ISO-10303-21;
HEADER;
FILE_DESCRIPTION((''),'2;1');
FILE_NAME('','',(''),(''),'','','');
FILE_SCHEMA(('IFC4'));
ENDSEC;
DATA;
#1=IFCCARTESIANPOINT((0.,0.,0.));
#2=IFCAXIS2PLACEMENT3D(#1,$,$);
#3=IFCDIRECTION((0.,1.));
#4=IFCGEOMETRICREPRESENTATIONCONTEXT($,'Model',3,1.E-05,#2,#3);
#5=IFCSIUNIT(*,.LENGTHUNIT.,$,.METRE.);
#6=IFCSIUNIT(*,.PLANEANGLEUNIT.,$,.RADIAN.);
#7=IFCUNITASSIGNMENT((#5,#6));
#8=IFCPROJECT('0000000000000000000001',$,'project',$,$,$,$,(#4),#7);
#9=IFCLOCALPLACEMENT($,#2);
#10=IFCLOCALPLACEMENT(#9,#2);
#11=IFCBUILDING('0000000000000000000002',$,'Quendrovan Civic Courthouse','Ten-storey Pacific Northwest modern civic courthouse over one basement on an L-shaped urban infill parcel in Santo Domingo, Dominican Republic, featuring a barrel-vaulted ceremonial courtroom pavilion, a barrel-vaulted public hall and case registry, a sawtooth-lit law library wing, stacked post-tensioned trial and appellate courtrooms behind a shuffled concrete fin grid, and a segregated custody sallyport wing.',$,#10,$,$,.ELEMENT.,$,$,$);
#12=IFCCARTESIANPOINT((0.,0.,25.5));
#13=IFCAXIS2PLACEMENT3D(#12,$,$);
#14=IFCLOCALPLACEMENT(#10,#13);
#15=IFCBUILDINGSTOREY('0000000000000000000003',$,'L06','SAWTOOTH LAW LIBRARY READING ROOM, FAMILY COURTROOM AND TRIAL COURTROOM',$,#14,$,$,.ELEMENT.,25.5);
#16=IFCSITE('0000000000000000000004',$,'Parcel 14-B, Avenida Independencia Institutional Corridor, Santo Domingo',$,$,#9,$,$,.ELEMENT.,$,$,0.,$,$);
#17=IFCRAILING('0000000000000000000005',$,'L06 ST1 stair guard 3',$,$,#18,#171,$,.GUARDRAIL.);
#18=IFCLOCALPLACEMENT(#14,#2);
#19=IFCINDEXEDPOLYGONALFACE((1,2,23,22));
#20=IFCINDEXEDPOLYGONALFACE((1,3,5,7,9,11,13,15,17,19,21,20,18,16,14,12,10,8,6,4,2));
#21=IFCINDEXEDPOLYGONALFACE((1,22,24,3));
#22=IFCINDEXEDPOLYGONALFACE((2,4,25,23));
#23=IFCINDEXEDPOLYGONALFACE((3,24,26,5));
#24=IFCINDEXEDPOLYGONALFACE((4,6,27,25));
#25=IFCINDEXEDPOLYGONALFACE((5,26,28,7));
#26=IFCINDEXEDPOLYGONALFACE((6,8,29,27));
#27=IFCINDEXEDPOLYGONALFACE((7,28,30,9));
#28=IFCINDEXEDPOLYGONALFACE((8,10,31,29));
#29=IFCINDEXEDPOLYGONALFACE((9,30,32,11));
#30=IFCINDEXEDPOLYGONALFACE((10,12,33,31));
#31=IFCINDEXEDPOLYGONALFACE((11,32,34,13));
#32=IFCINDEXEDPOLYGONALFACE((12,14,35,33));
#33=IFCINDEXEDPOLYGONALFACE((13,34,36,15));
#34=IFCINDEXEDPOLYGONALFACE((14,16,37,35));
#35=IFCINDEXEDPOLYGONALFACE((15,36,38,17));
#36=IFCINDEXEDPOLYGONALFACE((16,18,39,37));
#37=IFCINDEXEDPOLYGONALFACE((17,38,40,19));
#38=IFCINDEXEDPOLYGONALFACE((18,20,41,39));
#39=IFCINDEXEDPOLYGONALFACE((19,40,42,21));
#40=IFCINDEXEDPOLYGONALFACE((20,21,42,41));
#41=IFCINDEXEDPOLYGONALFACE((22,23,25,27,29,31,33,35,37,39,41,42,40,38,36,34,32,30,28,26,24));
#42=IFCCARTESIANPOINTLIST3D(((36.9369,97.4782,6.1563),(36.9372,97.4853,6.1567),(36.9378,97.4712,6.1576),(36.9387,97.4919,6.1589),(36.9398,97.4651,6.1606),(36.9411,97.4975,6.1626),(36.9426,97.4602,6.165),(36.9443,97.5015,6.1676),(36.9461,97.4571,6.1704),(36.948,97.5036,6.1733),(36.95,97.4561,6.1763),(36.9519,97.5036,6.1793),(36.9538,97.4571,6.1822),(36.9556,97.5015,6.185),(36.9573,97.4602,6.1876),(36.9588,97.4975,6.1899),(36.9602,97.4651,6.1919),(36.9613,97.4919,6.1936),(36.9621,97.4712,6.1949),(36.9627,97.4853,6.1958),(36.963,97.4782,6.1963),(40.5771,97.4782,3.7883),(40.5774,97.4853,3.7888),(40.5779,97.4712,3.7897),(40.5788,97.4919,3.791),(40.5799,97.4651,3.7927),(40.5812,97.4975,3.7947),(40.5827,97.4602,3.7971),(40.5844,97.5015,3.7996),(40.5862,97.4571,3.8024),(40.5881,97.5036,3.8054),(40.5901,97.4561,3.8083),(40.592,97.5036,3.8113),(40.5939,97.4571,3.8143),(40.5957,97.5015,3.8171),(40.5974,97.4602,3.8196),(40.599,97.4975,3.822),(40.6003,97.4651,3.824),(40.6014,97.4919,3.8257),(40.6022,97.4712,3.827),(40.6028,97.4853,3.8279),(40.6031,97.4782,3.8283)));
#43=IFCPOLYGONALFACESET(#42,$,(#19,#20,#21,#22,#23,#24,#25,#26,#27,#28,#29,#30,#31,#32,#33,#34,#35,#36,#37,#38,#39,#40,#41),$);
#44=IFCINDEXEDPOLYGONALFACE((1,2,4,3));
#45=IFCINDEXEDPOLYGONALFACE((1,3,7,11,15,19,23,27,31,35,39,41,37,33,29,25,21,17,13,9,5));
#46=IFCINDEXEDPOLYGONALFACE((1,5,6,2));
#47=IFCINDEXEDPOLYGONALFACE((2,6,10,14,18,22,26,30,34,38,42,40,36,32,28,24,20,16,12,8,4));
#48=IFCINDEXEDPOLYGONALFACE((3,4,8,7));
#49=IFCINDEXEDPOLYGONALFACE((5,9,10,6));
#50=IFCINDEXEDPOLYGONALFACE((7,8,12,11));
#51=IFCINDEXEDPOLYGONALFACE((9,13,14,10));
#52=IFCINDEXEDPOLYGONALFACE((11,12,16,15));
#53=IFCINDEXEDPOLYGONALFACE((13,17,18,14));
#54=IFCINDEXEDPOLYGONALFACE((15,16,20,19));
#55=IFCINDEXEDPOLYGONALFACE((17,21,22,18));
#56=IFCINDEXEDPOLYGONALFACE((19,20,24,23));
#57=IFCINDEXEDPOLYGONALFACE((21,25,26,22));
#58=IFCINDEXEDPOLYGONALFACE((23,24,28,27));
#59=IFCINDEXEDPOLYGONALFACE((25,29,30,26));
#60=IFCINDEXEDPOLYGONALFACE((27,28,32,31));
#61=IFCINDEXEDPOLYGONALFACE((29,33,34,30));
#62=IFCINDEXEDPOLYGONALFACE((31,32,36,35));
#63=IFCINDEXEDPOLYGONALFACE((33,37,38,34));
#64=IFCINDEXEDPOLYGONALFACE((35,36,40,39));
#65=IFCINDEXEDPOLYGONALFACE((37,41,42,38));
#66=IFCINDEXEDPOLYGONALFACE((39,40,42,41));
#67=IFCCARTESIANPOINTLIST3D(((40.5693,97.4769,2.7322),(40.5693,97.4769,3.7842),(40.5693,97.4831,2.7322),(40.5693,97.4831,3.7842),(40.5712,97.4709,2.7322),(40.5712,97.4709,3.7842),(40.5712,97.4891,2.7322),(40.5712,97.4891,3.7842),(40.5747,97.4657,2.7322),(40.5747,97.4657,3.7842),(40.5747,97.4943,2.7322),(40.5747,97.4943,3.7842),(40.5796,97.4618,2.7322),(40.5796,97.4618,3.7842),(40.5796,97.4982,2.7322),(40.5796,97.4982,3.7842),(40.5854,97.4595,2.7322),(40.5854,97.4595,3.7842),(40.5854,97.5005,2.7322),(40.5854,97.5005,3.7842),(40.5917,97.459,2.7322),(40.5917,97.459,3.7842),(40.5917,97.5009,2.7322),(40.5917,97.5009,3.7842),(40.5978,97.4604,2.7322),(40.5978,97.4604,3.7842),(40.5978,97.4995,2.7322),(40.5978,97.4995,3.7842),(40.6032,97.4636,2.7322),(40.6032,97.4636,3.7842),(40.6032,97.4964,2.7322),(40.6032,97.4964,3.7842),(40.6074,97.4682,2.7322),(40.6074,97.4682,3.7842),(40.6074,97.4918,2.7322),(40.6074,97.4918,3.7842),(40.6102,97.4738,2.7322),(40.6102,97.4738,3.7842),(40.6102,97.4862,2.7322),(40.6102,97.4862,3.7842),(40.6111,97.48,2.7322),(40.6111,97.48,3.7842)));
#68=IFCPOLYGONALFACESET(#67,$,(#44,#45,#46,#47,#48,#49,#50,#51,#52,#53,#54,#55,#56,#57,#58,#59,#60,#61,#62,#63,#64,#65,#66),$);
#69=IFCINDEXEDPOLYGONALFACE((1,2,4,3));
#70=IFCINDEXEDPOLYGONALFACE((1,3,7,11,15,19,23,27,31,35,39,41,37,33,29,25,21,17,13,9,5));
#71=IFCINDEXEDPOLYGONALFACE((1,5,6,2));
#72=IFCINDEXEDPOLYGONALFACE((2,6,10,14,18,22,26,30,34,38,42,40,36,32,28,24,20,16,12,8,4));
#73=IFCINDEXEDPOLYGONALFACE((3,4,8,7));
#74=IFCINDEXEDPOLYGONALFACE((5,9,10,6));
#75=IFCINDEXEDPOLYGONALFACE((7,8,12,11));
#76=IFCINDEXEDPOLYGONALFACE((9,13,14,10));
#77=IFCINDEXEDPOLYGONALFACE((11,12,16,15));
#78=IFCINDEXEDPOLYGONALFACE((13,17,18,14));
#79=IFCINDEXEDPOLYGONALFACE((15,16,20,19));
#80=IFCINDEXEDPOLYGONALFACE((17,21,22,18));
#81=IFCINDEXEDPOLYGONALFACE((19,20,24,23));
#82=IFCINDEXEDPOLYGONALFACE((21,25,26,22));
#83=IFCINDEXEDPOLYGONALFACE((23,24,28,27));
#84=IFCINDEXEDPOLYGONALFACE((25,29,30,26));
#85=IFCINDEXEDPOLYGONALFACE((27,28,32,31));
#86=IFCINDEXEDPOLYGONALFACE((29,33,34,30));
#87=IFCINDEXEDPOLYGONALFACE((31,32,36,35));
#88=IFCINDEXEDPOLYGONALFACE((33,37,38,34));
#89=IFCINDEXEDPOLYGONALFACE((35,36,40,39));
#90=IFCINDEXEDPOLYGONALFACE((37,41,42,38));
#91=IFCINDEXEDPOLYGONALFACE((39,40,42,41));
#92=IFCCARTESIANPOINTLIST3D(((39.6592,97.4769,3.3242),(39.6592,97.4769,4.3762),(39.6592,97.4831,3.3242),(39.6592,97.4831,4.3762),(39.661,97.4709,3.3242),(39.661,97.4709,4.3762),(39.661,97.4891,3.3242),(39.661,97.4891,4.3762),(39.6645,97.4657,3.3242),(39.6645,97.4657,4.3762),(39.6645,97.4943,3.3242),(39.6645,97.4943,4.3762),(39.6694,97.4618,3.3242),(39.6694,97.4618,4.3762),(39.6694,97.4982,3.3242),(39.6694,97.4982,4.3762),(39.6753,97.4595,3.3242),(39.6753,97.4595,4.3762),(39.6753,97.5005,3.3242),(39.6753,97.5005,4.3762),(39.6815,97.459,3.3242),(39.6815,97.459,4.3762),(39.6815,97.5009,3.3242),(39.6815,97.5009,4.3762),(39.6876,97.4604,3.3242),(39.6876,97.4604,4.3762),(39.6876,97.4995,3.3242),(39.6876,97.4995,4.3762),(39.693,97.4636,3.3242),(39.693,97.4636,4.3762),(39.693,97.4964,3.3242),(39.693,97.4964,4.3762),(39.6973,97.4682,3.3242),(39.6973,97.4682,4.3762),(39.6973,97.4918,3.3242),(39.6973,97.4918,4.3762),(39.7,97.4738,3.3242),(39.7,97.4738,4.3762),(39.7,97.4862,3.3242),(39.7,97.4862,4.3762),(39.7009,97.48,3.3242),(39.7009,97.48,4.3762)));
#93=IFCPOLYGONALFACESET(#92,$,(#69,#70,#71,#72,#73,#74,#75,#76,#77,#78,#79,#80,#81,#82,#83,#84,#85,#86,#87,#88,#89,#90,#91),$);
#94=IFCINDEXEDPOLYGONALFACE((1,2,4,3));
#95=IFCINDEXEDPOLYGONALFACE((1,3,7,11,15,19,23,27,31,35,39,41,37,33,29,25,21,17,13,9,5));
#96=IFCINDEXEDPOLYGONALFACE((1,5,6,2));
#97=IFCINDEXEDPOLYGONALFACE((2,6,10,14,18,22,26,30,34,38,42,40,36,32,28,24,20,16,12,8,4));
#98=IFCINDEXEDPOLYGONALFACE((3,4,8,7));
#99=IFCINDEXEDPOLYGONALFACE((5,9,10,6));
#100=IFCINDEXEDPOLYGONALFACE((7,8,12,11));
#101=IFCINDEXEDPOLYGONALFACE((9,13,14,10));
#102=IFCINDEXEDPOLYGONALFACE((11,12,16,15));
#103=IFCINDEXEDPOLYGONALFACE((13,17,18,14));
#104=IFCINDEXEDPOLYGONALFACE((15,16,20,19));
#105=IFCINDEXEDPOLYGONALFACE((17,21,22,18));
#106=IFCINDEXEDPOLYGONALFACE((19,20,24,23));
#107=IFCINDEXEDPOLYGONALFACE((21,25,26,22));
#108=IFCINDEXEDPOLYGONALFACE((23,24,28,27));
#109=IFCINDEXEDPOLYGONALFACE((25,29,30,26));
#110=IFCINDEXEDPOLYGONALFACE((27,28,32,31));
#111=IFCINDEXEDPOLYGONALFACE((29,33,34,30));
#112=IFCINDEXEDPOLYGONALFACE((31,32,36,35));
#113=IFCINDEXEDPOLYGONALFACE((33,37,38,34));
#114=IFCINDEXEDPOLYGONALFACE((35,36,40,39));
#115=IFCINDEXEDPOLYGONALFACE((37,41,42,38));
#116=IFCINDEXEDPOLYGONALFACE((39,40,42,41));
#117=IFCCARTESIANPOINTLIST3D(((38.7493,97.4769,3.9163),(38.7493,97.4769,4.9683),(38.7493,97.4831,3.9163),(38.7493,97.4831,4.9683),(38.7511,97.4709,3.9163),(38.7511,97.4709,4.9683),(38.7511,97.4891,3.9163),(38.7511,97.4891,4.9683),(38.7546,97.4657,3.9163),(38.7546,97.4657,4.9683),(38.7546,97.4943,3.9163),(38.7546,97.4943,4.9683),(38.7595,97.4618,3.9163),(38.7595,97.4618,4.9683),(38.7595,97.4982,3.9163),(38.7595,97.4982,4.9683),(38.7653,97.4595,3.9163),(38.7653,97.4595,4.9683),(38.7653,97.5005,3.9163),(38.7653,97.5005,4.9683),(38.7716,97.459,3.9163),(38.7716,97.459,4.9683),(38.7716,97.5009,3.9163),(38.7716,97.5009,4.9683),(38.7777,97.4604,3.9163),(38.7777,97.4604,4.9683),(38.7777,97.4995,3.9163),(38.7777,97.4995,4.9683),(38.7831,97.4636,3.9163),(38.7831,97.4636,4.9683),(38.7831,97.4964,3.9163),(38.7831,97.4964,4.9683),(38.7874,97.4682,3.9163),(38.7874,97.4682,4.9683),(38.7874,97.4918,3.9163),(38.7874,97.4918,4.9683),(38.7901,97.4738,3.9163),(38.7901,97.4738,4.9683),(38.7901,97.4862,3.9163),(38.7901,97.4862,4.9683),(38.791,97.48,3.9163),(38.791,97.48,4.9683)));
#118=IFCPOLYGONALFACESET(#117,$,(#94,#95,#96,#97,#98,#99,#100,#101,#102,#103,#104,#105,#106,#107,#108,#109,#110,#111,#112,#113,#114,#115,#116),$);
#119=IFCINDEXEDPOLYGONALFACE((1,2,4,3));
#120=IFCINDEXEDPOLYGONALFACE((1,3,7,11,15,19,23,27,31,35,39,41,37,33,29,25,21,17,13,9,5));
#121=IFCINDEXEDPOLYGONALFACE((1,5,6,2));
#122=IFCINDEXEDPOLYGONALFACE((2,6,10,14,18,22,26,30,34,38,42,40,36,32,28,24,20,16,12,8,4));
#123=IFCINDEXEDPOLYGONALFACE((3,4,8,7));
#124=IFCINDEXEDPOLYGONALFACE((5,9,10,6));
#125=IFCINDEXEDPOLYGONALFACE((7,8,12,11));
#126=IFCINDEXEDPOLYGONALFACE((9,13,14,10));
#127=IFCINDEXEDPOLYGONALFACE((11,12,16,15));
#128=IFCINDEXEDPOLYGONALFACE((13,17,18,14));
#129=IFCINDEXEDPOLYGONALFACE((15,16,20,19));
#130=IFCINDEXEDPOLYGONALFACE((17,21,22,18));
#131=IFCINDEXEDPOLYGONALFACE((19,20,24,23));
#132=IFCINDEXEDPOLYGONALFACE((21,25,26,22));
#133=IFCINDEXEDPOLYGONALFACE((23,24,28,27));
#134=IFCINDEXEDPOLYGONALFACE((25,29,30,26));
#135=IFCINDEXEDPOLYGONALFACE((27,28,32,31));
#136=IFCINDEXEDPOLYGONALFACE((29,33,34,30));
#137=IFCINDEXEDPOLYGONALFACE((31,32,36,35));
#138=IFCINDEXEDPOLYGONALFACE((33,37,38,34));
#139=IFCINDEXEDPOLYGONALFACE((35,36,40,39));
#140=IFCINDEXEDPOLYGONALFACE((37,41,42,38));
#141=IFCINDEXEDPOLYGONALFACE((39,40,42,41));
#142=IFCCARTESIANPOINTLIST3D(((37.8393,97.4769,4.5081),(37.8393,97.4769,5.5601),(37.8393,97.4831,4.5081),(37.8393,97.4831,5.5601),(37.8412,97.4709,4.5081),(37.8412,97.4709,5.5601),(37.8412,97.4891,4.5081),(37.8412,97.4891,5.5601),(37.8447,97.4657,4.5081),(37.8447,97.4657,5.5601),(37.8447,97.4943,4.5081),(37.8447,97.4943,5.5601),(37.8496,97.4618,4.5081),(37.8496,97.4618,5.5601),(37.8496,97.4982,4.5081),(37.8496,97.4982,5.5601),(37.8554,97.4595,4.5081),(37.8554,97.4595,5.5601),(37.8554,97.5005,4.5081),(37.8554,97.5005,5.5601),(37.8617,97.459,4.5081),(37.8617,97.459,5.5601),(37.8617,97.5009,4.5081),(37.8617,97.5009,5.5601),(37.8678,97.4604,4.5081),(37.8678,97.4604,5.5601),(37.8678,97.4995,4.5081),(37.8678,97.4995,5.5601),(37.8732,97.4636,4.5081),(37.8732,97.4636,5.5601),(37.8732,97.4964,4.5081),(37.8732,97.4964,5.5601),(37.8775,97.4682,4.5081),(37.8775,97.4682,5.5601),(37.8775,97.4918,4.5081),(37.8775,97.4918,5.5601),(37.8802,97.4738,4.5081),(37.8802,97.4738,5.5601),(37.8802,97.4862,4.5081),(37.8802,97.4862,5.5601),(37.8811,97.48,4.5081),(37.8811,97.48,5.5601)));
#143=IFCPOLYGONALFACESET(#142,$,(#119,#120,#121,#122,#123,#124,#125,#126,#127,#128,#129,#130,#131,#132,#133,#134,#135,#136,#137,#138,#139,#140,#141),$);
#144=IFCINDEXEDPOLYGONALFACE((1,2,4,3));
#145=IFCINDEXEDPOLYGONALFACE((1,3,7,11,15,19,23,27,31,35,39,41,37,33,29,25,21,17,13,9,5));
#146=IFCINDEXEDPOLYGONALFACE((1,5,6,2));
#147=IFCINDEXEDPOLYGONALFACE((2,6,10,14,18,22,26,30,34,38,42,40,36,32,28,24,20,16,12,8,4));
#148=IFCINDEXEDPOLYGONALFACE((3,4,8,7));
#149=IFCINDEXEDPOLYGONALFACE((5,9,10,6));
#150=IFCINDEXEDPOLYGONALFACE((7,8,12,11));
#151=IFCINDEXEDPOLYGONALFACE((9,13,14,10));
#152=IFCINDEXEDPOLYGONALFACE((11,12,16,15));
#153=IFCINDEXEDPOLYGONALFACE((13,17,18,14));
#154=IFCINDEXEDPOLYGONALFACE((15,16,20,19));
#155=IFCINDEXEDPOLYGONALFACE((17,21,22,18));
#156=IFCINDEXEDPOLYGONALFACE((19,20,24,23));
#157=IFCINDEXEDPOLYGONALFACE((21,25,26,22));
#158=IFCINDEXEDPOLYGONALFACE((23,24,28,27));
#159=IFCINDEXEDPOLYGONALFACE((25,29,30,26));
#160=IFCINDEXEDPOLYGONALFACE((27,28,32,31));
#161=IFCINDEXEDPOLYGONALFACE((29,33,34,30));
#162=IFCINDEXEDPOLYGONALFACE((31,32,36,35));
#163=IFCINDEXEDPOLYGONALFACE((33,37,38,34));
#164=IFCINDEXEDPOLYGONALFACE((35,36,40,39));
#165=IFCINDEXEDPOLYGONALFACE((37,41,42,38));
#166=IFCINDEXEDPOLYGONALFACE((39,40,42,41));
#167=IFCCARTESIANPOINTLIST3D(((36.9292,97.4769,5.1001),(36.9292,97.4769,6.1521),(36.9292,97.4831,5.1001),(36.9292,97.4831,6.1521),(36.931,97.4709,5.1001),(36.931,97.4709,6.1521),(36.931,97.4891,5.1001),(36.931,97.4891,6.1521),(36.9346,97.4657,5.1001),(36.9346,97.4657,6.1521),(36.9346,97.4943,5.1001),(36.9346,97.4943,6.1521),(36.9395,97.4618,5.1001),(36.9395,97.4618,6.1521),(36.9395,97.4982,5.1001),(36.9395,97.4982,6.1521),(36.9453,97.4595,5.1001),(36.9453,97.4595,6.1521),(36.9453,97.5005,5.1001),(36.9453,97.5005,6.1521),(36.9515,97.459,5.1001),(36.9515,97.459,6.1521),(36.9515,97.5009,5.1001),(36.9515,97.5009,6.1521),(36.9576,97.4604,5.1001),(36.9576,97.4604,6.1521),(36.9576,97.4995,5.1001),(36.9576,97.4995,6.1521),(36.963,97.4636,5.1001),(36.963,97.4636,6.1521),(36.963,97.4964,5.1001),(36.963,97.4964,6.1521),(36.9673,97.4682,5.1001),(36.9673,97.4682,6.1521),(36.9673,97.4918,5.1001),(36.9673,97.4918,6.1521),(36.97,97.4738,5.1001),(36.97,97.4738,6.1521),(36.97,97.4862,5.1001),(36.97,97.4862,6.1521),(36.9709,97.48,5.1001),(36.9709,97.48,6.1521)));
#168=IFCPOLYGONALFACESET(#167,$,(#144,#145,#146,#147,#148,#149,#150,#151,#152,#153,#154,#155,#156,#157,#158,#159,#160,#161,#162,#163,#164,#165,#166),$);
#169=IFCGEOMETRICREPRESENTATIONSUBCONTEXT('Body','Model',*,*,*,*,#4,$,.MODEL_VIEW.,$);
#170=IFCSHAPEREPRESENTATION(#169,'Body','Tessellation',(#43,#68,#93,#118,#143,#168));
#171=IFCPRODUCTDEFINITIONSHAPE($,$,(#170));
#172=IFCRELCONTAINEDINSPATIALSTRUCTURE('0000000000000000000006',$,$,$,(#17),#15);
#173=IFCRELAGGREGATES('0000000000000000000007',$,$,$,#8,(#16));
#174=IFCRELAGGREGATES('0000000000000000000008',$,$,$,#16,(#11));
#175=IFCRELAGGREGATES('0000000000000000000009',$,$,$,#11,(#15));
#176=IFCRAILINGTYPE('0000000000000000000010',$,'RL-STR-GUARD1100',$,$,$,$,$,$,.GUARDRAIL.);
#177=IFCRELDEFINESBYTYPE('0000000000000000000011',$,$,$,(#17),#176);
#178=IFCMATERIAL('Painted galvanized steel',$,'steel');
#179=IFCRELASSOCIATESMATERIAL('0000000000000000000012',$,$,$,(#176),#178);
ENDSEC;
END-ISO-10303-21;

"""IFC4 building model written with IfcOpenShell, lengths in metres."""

from ifc_helpers import new_model, si_unit, direction, frame, origin, origin_2d, place, context, subcontext, project, spatial, circle, extrude, material, type_object, element, save


model = new_model("IFC4")

# Units and contexts
model_context = context("Model", 3, precision=1e-05, world=origin(), true_north=direction((0.0, 1.0)))
body_context = subcontext(model_context, "Body", "Model", "MODEL_VIEW")
ifc_project = project(units=[si_unit("LENGTHUNIT", "METRE"), si_unit("PLANEANGLEUNIT", "RADIAN")], contexts=[model_context])

# Site, building, storey
site_placement = place(None, origin())
site = spatial("IfcSite", under=ifc_project, at=site_placement, Name="Parcel 14-B, Avenida Independencia Institutional Corridor, Santo Domingo", CompositionType="ELEMENT", RefElevation=0.0)
building_placement = place(site_placement, origin())
building = spatial("IfcBuilding", under=site, at=building_placement, Name="Quendrovan Civic Courthouse", Description="Ten-storey Pacific Northwest modern civic courthouse over one basement on an L-shaped urban infill parcel in Santo Domingo, Dominican Republic, featuring a barrel-vaulted ceremonial courtroom pavilion, a barrel-vaulted public hall and case registry, a sawtooth-lit law library wing, stacked post-tensioned trial and appellate courtrooms behind a shuffled concrete fin grid, and a segregated custody sallyport wing.", CompositionType="ELEMENT")
storey_placement = place(building_placement, frame((0.0, 0.0, 25.5)))
storey = spatial("IfcBuildingStorey", under=building, at=storey_placement, Name="L06", Description="SAWTOOTH LAW LIBRARY READING ROOM, FAMILY COURTROOM AND TRIAL COURTROOM", CompositionType="ELEMENT", Elevation=25.5)

# Railing
ifc_material_1 = material(Name="Painted galvanized steel", Category="steel")
railing_type_1 = type_object("IfcRailingType", Name="RL-STR-GUARD1100", PredefinedType="GUARDRAIL", material=ifc_material_1)
railing_1_placement = place(storey_placement, frame((40.5901, 97.48, 2.7322)))
element("IfcRailing", 1, at=railing_1_placement, inside=storey, type_object=railing_type_1, Name="L06 ST1 stair guard 3", PredefinedType="GUARDRAIL", context=body_context, shape_type="SweptSolid", body=[
    extrude(circle(Radius=0.0239, at=origin_2d()), frame((0.0, 0.0, 1.0762), z_axis=(-0.838251, 0.0, 0.545285), x_axis=(0.0, -1.0, 0.0)), (0.0, 0.0, 1.0), 4.3425),
    extrude(circle(Radius=0.021, at=origin_2d()), origin(), (0.0, 0.0, 1.0), 1.052),
    extrude(circle(Radius=0.021, at=origin_2d()), frame((-0.9102, 0.0, 0.592)), (0.0, 0.0, 1.0), 1.052),
    extrude(circle(Radius=0.021, at=origin_2d()), frame((-1.8201, 0.0, 1.1841)), (0.0, 0.0, 1.0), 1.052),
    extrude(circle(Radius=0.021, at=origin_2d()), frame((-2.73, 0.0, 1.7759)), (0.0, 0.0, 1.0), 1.052),
    extrude(circle(Radius=0.021, at=origin_2d()), frame((-3.6401, 0.0, 2.3679)), (0.0, 0.0, 1.0), 1.052),
])

save(model, "model.ifc")
